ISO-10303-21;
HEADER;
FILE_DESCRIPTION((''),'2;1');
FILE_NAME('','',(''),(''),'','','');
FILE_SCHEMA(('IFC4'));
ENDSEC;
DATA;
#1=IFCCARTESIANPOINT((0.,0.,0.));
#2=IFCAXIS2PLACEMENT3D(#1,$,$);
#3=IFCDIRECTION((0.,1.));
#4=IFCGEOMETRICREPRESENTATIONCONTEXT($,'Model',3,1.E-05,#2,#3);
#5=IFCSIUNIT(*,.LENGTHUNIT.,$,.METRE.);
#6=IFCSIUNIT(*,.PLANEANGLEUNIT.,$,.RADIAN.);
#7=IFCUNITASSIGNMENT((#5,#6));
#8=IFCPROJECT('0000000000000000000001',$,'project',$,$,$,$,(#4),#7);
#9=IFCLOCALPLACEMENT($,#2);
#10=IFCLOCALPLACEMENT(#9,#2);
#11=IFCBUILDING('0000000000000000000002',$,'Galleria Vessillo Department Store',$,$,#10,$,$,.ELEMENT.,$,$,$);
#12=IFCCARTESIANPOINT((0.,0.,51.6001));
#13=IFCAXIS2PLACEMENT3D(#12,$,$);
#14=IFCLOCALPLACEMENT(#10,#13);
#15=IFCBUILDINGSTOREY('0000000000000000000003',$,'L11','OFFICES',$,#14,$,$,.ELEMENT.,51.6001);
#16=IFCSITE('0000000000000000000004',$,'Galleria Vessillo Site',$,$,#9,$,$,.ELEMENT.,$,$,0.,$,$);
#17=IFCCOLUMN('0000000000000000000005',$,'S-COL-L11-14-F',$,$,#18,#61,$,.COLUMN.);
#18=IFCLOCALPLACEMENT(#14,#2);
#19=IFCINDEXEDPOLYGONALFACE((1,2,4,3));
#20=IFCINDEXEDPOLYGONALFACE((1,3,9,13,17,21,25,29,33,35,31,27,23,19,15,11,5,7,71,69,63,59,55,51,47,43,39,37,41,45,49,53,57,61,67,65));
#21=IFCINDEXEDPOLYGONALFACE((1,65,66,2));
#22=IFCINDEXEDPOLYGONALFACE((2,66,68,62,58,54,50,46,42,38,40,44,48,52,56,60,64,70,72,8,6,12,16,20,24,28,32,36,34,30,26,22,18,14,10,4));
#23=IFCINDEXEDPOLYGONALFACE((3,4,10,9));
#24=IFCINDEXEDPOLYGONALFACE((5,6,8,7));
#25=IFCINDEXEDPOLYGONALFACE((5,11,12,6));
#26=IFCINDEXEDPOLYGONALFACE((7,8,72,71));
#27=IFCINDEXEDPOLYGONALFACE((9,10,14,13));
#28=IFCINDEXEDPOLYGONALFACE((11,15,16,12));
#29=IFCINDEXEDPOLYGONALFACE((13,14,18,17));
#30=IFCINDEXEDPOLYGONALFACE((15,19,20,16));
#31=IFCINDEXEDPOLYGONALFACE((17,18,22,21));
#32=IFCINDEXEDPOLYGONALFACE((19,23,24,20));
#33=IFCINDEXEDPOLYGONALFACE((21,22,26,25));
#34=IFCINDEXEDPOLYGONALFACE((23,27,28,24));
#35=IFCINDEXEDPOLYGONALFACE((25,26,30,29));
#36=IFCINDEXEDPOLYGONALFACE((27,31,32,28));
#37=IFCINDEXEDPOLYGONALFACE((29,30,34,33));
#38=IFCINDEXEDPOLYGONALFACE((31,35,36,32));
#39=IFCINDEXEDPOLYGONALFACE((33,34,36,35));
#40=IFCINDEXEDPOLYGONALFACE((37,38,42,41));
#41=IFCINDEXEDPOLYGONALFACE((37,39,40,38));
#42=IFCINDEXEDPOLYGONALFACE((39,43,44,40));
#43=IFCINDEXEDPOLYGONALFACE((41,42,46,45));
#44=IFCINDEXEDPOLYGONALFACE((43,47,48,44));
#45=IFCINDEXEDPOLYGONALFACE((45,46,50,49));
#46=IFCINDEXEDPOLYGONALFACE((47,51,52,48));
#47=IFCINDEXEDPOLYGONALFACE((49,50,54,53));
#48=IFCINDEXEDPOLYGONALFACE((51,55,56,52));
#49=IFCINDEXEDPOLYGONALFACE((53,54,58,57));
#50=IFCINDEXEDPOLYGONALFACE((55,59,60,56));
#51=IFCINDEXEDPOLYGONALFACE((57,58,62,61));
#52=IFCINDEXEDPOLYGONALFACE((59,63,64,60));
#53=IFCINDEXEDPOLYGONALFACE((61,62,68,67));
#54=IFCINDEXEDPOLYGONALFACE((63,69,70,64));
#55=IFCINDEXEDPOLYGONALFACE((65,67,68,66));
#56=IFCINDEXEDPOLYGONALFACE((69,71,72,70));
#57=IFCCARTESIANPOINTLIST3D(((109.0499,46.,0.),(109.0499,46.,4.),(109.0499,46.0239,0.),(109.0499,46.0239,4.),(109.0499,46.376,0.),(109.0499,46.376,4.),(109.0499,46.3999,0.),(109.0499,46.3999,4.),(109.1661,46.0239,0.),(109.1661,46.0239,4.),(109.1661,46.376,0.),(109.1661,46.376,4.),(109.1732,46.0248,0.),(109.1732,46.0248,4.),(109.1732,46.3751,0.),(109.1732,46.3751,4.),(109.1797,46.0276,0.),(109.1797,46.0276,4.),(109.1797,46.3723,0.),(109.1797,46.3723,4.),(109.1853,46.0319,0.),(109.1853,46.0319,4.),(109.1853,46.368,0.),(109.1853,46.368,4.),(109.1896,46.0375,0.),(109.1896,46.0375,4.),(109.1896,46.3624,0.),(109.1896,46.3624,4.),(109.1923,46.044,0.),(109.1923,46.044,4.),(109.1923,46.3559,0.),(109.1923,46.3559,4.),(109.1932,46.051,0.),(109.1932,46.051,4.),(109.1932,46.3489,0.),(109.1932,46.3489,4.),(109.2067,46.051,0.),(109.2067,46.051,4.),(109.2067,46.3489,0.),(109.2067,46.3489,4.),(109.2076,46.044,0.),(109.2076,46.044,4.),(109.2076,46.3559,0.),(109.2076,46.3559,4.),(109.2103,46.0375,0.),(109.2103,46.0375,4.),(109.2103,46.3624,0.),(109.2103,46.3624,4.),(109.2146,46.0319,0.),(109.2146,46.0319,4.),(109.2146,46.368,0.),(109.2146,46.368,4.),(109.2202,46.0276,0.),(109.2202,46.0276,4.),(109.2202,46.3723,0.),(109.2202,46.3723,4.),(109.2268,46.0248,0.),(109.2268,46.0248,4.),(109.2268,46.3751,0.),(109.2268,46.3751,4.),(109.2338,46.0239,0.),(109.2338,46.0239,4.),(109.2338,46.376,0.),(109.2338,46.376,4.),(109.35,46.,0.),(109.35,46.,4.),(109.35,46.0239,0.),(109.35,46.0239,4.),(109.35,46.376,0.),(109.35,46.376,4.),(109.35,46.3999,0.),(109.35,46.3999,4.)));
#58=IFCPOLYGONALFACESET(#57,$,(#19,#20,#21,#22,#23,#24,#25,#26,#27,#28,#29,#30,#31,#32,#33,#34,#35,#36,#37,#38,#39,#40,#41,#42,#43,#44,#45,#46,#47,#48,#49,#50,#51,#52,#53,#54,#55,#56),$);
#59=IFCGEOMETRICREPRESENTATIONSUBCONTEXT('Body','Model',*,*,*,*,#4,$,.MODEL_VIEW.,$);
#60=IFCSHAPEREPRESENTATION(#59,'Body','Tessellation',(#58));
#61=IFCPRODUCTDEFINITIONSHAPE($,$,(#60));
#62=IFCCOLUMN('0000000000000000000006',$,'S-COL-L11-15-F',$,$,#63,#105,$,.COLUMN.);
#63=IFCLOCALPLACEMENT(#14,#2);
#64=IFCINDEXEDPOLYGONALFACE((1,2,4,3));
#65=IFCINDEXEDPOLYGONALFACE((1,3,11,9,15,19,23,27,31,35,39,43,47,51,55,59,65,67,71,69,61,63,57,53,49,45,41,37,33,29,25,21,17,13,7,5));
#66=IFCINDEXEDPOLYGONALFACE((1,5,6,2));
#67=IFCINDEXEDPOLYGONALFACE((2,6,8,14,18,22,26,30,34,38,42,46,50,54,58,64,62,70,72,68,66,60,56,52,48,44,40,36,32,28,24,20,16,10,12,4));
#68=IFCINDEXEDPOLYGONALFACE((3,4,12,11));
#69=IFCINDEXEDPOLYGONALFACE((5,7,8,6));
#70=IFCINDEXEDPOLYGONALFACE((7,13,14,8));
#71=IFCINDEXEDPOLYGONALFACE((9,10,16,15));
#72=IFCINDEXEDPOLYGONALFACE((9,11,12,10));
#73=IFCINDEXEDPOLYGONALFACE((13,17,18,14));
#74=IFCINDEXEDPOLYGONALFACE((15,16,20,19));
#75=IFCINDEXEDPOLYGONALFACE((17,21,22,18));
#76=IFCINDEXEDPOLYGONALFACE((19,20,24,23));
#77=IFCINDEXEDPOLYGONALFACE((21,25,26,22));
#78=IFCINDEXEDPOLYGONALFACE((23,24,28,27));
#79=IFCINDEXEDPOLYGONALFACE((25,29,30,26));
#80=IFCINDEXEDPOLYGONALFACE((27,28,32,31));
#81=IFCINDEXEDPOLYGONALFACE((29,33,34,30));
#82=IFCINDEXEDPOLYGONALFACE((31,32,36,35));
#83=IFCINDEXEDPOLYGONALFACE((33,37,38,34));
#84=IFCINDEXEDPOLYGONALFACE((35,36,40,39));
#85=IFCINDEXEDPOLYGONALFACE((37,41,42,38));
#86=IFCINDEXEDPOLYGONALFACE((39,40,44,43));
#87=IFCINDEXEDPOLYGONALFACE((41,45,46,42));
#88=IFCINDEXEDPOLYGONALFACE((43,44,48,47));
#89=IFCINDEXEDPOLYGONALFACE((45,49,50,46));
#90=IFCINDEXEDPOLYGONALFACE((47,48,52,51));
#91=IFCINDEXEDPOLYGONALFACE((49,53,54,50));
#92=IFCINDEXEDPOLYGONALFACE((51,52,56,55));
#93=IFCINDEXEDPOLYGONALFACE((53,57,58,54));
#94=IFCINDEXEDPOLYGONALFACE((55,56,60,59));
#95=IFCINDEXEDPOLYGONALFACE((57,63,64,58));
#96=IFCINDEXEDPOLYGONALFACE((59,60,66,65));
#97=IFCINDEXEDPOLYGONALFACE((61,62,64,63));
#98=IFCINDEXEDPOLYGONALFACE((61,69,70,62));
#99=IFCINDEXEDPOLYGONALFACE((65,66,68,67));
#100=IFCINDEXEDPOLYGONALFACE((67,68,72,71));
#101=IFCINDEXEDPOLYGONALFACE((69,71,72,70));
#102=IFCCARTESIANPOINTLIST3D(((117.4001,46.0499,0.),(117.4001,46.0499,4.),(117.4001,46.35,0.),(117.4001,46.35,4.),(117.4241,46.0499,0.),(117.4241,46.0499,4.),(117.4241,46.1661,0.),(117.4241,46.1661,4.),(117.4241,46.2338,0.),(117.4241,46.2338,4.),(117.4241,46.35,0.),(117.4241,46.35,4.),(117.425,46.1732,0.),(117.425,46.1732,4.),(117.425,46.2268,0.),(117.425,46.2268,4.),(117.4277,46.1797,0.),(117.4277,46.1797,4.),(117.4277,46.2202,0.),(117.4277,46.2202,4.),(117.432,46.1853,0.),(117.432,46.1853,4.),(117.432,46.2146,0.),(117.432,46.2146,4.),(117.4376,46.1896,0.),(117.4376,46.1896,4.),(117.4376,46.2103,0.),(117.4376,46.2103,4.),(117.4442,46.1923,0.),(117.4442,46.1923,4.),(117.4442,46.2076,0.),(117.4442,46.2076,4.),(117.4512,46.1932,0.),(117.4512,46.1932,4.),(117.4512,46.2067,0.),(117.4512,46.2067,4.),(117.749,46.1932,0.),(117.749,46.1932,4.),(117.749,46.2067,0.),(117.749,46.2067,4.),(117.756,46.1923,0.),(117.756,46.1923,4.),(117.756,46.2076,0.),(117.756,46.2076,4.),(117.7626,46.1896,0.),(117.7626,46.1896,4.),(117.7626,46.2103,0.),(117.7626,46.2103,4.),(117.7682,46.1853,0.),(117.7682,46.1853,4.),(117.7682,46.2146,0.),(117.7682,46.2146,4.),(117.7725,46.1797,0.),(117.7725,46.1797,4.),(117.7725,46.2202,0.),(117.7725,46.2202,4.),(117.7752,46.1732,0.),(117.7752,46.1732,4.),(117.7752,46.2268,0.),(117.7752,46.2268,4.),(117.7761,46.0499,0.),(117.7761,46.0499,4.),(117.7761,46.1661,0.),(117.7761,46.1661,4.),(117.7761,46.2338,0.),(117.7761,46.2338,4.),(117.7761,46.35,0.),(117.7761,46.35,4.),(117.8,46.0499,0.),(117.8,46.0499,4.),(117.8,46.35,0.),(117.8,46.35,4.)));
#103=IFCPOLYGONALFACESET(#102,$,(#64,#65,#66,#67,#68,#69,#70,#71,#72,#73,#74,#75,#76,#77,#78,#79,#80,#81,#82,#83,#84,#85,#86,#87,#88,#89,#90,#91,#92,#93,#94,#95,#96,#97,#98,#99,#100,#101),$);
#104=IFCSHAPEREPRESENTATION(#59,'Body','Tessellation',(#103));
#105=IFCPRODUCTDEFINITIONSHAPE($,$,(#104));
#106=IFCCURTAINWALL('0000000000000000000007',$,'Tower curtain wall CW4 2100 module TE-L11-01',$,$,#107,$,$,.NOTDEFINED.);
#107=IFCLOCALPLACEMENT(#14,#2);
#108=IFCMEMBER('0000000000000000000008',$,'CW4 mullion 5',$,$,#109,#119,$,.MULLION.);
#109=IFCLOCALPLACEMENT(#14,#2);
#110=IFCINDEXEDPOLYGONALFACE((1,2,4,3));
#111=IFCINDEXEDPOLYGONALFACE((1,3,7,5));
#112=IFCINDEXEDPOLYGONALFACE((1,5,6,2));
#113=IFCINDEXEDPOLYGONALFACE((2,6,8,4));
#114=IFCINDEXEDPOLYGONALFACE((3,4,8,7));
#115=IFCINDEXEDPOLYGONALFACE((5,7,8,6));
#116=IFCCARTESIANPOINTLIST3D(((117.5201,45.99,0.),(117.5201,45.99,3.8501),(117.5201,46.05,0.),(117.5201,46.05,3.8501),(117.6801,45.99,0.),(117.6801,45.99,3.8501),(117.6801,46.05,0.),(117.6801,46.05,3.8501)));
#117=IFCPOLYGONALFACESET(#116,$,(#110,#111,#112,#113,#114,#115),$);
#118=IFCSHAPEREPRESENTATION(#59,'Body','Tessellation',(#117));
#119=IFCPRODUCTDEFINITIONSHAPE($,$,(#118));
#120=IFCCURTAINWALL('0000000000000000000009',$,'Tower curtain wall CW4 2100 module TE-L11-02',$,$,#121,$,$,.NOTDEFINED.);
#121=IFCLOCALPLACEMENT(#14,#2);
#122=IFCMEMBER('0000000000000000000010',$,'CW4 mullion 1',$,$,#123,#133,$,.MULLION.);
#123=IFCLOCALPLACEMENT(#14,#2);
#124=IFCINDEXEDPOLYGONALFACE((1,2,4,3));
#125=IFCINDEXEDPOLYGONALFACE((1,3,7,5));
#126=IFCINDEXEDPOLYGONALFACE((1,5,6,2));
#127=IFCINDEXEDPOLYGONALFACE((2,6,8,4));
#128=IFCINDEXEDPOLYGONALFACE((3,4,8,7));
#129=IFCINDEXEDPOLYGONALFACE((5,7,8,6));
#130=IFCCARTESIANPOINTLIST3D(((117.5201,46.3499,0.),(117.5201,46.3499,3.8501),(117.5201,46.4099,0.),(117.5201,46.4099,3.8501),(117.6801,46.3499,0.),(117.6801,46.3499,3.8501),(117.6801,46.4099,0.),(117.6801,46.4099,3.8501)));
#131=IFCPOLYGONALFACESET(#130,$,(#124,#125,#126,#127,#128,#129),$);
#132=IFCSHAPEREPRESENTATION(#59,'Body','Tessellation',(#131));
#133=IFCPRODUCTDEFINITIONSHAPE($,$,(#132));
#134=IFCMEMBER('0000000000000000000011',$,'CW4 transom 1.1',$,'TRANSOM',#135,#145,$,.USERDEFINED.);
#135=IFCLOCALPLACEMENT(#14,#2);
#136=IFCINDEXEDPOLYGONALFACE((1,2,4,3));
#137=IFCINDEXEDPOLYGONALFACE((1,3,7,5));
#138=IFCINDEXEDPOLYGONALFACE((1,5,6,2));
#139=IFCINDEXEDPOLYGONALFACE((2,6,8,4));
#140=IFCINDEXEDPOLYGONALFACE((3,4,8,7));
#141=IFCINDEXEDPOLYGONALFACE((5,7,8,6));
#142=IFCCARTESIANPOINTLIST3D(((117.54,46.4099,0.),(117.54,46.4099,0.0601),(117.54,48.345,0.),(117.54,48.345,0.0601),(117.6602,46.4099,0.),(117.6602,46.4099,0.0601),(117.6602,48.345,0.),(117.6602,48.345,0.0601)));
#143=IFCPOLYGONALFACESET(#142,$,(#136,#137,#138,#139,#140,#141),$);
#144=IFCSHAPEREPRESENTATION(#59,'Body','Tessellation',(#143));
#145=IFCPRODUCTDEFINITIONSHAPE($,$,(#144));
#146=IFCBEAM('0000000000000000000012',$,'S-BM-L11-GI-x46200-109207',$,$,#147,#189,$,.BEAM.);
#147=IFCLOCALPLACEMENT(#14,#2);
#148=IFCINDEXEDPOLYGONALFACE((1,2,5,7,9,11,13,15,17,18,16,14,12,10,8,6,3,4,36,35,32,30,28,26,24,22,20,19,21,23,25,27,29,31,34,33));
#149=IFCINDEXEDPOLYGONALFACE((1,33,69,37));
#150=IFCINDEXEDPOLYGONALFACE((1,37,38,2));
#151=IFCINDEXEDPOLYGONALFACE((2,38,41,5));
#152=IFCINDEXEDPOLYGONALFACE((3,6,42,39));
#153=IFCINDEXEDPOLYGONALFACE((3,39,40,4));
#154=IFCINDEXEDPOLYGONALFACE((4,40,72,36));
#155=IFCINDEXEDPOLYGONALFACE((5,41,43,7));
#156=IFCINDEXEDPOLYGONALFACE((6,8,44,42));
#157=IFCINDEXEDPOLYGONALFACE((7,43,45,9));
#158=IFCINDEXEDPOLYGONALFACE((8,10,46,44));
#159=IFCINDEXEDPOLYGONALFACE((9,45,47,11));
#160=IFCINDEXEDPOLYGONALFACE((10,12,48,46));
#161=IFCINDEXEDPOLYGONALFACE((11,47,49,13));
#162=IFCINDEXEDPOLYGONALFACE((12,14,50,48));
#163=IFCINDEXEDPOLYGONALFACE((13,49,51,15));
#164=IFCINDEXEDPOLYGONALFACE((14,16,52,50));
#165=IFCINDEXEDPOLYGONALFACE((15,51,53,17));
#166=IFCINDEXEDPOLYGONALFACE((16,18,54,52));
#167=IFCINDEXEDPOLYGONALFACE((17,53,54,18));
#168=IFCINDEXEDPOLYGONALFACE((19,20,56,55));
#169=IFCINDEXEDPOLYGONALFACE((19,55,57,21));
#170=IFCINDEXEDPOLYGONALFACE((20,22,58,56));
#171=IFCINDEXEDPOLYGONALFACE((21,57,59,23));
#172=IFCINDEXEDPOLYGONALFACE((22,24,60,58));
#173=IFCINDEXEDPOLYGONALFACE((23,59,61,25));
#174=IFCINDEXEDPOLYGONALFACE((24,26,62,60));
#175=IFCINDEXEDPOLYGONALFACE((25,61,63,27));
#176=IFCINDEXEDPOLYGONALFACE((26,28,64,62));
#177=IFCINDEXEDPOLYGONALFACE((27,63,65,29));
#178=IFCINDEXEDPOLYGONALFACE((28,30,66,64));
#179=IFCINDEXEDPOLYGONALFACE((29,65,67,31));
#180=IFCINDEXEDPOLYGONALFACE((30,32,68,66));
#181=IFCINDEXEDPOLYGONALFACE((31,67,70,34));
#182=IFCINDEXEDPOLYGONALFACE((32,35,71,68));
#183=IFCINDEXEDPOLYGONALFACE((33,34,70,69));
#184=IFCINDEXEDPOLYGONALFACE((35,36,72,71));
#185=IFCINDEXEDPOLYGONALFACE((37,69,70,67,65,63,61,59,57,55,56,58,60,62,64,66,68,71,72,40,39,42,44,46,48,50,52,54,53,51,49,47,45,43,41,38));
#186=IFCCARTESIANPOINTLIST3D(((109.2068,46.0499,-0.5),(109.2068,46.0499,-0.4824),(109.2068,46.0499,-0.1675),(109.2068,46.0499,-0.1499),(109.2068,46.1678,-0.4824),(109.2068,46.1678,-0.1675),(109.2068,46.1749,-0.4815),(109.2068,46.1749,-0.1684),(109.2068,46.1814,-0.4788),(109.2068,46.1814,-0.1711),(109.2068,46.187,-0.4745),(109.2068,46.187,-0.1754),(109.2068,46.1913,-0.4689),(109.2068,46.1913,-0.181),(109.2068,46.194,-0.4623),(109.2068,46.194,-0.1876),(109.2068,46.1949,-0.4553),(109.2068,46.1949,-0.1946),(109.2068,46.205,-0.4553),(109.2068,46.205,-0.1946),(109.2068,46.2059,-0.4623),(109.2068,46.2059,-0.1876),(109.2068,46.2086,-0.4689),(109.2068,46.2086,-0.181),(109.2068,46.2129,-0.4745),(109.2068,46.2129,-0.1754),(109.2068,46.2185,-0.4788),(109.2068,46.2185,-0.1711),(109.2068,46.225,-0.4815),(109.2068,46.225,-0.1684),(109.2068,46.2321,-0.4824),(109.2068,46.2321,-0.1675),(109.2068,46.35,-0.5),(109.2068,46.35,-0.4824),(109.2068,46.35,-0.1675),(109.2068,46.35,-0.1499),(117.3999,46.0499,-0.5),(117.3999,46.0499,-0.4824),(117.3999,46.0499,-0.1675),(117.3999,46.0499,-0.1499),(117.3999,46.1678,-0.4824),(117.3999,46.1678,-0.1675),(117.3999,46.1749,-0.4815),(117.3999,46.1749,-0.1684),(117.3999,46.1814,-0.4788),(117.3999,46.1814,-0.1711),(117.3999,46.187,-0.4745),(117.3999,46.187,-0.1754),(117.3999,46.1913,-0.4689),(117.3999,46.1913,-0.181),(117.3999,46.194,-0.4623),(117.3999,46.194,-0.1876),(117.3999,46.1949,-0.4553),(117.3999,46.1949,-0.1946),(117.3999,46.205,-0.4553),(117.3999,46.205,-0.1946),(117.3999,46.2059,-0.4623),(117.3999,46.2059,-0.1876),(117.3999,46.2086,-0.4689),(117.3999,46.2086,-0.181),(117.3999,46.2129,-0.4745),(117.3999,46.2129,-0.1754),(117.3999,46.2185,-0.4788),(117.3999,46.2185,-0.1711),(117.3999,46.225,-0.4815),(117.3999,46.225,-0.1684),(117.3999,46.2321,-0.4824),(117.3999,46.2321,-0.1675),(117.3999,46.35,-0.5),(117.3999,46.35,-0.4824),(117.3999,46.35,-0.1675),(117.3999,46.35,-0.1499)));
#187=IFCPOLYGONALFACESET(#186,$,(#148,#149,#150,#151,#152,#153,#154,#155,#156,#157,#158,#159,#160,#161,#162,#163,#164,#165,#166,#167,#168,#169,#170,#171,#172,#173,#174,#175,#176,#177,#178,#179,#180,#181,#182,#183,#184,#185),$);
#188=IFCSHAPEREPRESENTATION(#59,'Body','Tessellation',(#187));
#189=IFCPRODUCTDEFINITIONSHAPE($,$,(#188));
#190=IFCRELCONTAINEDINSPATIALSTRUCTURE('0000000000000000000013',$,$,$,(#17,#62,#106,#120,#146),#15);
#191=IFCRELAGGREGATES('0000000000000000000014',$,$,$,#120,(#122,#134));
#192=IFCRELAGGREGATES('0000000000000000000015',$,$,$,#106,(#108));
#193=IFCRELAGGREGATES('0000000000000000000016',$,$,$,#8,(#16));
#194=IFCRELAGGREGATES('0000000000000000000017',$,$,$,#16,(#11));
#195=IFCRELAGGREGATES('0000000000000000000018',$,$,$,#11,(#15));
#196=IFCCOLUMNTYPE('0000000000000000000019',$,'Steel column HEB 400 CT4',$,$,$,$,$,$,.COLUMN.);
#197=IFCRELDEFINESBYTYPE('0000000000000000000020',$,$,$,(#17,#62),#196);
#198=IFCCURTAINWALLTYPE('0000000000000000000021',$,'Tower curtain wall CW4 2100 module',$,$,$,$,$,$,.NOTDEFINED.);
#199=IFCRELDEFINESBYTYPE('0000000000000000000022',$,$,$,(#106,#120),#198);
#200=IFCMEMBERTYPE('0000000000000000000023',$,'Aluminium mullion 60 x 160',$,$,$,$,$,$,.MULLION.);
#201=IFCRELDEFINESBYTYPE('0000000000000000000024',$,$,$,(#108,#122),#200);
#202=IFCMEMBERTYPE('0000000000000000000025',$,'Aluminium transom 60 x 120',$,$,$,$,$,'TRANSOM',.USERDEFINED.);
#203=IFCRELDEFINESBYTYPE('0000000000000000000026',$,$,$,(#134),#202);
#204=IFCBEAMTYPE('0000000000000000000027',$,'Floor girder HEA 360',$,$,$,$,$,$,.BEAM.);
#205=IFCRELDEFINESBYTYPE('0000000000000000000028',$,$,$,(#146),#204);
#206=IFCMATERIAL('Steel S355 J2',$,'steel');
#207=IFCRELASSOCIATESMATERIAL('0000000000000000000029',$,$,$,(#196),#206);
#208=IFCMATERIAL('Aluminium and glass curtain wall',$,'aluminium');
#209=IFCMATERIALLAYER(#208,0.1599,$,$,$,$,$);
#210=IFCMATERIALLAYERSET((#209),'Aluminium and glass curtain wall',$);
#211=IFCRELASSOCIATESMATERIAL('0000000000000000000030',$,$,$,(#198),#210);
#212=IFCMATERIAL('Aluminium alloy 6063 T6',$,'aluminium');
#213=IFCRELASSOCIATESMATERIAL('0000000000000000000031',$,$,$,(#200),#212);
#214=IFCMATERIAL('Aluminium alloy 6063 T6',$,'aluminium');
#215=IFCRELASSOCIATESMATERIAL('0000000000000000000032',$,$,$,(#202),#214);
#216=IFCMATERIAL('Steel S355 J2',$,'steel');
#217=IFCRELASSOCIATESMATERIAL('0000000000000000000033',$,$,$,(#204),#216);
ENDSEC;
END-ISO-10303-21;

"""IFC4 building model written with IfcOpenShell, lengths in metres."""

from ifc_helpers import new_model, si_unit, direction, frame, origin, origin_2d, place, context, subcontext, project, spatial, rectangle, i_section, extrude, material, layer, layer_set, material_profile, profile_set, type_object, element, aggregate, save


model = new_model("IFC4")

# Units and contexts
model_context = context("Model", 3, precision=1e-05, world=origin(), true_north=direction((0.0, 1.0)))
body_context = subcontext(model_context, "Body", "Model", "MODEL_VIEW")
ifc_project = project(units=[si_unit("LENGTHUNIT", "METRE"), si_unit("PLANEANGLEUNIT", "RADIAN")], contexts=[model_context])

# Site, building, storey
site_placement = place(None, origin())
site = spatial("IfcSite", under=ifc_project, at=site_placement, Name="Galleria Vessillo Site", CompositionType="ELEMENT", RefElevation=0.0)
building_placement = place(site_placement, origin())
building = spatial("IfcBuilding", under=site, at=building_placement, Name="Galleria Vessillo Department Store", CompositionType="ELEMENT")
storey_placement = place(building_placement, frame((0.0, 0.0, 51.6001)))
storey = spatial("IfcBuildingStorey", under=building, at=storey_placement, Name="L11", Description="OFFICES", CompositionType="ELEMENT", Elevation=51.6001)

# Columns
ifc_material_1 = material(Name="Steel S355 J2", Category="steel")
ifc_material_profile_1 = material_profile(ifc_material_1, i_section(OverallWidth=0.3, OverallDepth=0.3999, WebThickness=0.0134, FlangeThickness=0.0239, FilletRadius=0.0271, at=origin_2d()), Name="HEB 400")
ifc_profile_set_1 = profile_set([ifc_material_profile_1], Name="Steel S355 J2")
column_type = type_object("IfcColumnType", Name="Steel column HEB 400 CT4", PredefinedType="COLUMN", material=ifc_profile_set_1)
for number, where, z_axis, x_axis, name in (
    (1, (109.2, 46.2, 0.0), (0.0, 0.0, 1.0), (1.0, 0.0, 0.0), "S-COL-L11-14-F"),
    (2, (117.6001, 46.2, 0.0), (0.0, 0.0, 1.0), (0.0, 1.0, 0.0), "S-COL-L11-15-F"),
):
    element("IfcColumn", number, at=place(storey_placement, frame(where, z_axis=z_axis, x_axis=x_axis)), inside=storey, type_object=column_type, Name=name, PredefinedType="COLUMN", context=body_context, shape_type="SweptSolid", body=[
        extrude(i_section(OverallWidth=0.3, OverallDepth=0.3999, WebThickness=0.0134, FlangeThickness=0.0239, FilletRadius=0.0271, at=origin_2d()), origin(), (0.0, 0.0, 1.0), 4.0),
    ])

# Curtain wall, member
ifc_material_2 = material(Name="Aluminium and glass curtain wall", Category="aluminium")
ifc_layer_1 = layer(ifc_material_2, 0.1599)
ifc_layer_set_1 = layer_set([ifc_layer_1], Name="Aluminium and glass curtain wall")
curtain_wall_type = type_object("IfcCurtainWallType", Name="Tower curtain wall CW4 2100 module", PredefinedType="NOTDEFINED", material=ifc_layer_set_1)
curtain_wall_1_placement = place(storey_placement, origin())
curtain_wall_1 = element("IfcCurtainWall", 3, at=curtain_wall_1_placement, inside=storey, type_object=curtain_wall_type, Name="Tower curtain wall CW4 2100 module TE-L11-01", PredefinedType="NOTDEFINED")
ifc_material_3 = material(Name="Aluminium alloy 6063 T6", Category="aluminium")
ifc_material_profile_2 = material_profile(ifc_material_3, rectangle(XDim=0.1599, YDim=0.0601, at=origin_2d()), Name="AL 60x160")
ifc_profile_set_2 = profile_set([ifc_material_profile_2], Name="Aluminium alloy 6063 T6")
member_type_1 = type_object("IfcMemberType", Name="Aluminium mullion 60 x 160", PredefinedType="MULLION", material=ifc_profile_set_2)
member_1_placement = place(storey_placement, frame((117.6001, 46.02, 0.0), z_axis=(0.0, 0.0, 1.0), x_axis=(-1.0, 0.0, 0.0)))
member_1 = element("IfcMember", 4, at=member_1_placement, type_object=member_type_1, Name="CW4 mullion 5", PredefinedType="MULLION", context=body_context, shape_type="SweptSolid", body=[
    extrude(rectangle(XDim=0.1599, YDim=0.0601, at=origin_2d()), origin(), (0.0, 0.0, 1.0), 3.8501),
])

# Curtain wall, members
curtain_wall_2_placement = place(storey_placement, origin())
curtain_wall_2 = element("IfcCurtainWall", 5, at=curtain_wall_2_placement, inside=storey, type_object=curtain_wall_type, Name="Tower curtain wall CW4 2100 module TE-L11-02", PredefinedType="NOTDEFINED")
member_2_placement = place(storey_placement, frame((117.6001, 46.3799, 0.0), z_axis=(0.0, 0.0, 1.0), x_axis=(-1.0, 0.0, 0.0)))
member_2 = element("IfcMember", 6, at=member_2_placement, type_object=member_type_1, Name="CW4 mullion 1", PredefinedType="MULLION", context=body_context, shape_type="SweptSolid", body=[
    extrude(rectangle(XDim=0.1599, YDim=0.0601, at=origin_2d()), origin(), (0.0, 0.0, 1.0), 3.8501),
])
ifc_material_4 = material(Name="Aluminium alloy 6063 T6", Category="aluminium")
ifc_material_profile_3 = material_profile(ifc_material_4, rectangle(XDim=0.1201, YDim=0.0601, at=origin_2d()), Name="AL 60x120")
ifc_profile_set_3 = profile_set([ifc_material_profile_3], Name="Aluminium alloy 6063 T6")
member_type_2 = type_object("IfcMemberType", Name="Aluminium transom 60 x 120", ElementType="TRANSOM", PredefinedType="USERDEFINED", material=ifc_profile_set_3)
member_3_placement = place(storey_placement, frame((117.6001, 46.4099, 0.03), z_axis=(0.0, 1.0, 0.0), x_axis=(-1.0, 0.0, 0.0)))
member_3 = element("IfcMember", 7, at=member_3_placement, type_object=member_type_2, Name="CW4 transom 1.1", ObjectType="TRANSOM", PredefinedType="USERDEFINED", context=body_context, shape_type="SweptSolid", body=[
    extrude(rectangle(XDim=0.1201, YDim=0.0601, at=origin_2d()), origin(), (0.0, 0.0, 1.0), 1.9351),
])
aggregate(curtain_wall_2, [member_2, member_3])

# Beam
ifc_material_5 = material(Name="Steel S355 J2", Category="steel")
ifc_material_profile_4 = material_profile(ifc_material_5, i_section(OverallWidth=0.3, OverallDepth=0.3501, WebThickness=0.01, FlangeThickness=0.0176, FilletRadius=0.0271, at=origin_2d()), Name="HEA 360")
ifc_profile_set_4 = profile_set([ifc_material_profile_4], Name="Steel S355 J2")
beam_type_1 = type_object("IfcBeamType", Name="Floor girder HEA 360", PredefinedType="BEAM", material=ifc_profile_set_4)
beam_1_placement = place(storey_placement, frame((109.2068, 46.2, -0.325), z_axis=(1.0, 0.0, 0.0), x_axis=(0.0, 1.0, 0.0)))
element("IfcBeam", 8, at=beam_1_placement, inside=storey, type_object=beam_type_1, Name="S-BM-L11-GI-x46200-109207", PredefinedType="BEAM", context=body_context, shape_type="SweptSolid", body=[
    extrude(i_section(OverallWidth=0.3, OverallDepth=0.3501, WebThickness=0.01, FlangeThickness=0.0176, FilletRadius=0.0271, at=origin_2d()), origin(), (0.0, 0.0, 1.0), 8.1931),
])

aggregate(curtain_wall_1, [member_1])

save(model, "model.ifc")
